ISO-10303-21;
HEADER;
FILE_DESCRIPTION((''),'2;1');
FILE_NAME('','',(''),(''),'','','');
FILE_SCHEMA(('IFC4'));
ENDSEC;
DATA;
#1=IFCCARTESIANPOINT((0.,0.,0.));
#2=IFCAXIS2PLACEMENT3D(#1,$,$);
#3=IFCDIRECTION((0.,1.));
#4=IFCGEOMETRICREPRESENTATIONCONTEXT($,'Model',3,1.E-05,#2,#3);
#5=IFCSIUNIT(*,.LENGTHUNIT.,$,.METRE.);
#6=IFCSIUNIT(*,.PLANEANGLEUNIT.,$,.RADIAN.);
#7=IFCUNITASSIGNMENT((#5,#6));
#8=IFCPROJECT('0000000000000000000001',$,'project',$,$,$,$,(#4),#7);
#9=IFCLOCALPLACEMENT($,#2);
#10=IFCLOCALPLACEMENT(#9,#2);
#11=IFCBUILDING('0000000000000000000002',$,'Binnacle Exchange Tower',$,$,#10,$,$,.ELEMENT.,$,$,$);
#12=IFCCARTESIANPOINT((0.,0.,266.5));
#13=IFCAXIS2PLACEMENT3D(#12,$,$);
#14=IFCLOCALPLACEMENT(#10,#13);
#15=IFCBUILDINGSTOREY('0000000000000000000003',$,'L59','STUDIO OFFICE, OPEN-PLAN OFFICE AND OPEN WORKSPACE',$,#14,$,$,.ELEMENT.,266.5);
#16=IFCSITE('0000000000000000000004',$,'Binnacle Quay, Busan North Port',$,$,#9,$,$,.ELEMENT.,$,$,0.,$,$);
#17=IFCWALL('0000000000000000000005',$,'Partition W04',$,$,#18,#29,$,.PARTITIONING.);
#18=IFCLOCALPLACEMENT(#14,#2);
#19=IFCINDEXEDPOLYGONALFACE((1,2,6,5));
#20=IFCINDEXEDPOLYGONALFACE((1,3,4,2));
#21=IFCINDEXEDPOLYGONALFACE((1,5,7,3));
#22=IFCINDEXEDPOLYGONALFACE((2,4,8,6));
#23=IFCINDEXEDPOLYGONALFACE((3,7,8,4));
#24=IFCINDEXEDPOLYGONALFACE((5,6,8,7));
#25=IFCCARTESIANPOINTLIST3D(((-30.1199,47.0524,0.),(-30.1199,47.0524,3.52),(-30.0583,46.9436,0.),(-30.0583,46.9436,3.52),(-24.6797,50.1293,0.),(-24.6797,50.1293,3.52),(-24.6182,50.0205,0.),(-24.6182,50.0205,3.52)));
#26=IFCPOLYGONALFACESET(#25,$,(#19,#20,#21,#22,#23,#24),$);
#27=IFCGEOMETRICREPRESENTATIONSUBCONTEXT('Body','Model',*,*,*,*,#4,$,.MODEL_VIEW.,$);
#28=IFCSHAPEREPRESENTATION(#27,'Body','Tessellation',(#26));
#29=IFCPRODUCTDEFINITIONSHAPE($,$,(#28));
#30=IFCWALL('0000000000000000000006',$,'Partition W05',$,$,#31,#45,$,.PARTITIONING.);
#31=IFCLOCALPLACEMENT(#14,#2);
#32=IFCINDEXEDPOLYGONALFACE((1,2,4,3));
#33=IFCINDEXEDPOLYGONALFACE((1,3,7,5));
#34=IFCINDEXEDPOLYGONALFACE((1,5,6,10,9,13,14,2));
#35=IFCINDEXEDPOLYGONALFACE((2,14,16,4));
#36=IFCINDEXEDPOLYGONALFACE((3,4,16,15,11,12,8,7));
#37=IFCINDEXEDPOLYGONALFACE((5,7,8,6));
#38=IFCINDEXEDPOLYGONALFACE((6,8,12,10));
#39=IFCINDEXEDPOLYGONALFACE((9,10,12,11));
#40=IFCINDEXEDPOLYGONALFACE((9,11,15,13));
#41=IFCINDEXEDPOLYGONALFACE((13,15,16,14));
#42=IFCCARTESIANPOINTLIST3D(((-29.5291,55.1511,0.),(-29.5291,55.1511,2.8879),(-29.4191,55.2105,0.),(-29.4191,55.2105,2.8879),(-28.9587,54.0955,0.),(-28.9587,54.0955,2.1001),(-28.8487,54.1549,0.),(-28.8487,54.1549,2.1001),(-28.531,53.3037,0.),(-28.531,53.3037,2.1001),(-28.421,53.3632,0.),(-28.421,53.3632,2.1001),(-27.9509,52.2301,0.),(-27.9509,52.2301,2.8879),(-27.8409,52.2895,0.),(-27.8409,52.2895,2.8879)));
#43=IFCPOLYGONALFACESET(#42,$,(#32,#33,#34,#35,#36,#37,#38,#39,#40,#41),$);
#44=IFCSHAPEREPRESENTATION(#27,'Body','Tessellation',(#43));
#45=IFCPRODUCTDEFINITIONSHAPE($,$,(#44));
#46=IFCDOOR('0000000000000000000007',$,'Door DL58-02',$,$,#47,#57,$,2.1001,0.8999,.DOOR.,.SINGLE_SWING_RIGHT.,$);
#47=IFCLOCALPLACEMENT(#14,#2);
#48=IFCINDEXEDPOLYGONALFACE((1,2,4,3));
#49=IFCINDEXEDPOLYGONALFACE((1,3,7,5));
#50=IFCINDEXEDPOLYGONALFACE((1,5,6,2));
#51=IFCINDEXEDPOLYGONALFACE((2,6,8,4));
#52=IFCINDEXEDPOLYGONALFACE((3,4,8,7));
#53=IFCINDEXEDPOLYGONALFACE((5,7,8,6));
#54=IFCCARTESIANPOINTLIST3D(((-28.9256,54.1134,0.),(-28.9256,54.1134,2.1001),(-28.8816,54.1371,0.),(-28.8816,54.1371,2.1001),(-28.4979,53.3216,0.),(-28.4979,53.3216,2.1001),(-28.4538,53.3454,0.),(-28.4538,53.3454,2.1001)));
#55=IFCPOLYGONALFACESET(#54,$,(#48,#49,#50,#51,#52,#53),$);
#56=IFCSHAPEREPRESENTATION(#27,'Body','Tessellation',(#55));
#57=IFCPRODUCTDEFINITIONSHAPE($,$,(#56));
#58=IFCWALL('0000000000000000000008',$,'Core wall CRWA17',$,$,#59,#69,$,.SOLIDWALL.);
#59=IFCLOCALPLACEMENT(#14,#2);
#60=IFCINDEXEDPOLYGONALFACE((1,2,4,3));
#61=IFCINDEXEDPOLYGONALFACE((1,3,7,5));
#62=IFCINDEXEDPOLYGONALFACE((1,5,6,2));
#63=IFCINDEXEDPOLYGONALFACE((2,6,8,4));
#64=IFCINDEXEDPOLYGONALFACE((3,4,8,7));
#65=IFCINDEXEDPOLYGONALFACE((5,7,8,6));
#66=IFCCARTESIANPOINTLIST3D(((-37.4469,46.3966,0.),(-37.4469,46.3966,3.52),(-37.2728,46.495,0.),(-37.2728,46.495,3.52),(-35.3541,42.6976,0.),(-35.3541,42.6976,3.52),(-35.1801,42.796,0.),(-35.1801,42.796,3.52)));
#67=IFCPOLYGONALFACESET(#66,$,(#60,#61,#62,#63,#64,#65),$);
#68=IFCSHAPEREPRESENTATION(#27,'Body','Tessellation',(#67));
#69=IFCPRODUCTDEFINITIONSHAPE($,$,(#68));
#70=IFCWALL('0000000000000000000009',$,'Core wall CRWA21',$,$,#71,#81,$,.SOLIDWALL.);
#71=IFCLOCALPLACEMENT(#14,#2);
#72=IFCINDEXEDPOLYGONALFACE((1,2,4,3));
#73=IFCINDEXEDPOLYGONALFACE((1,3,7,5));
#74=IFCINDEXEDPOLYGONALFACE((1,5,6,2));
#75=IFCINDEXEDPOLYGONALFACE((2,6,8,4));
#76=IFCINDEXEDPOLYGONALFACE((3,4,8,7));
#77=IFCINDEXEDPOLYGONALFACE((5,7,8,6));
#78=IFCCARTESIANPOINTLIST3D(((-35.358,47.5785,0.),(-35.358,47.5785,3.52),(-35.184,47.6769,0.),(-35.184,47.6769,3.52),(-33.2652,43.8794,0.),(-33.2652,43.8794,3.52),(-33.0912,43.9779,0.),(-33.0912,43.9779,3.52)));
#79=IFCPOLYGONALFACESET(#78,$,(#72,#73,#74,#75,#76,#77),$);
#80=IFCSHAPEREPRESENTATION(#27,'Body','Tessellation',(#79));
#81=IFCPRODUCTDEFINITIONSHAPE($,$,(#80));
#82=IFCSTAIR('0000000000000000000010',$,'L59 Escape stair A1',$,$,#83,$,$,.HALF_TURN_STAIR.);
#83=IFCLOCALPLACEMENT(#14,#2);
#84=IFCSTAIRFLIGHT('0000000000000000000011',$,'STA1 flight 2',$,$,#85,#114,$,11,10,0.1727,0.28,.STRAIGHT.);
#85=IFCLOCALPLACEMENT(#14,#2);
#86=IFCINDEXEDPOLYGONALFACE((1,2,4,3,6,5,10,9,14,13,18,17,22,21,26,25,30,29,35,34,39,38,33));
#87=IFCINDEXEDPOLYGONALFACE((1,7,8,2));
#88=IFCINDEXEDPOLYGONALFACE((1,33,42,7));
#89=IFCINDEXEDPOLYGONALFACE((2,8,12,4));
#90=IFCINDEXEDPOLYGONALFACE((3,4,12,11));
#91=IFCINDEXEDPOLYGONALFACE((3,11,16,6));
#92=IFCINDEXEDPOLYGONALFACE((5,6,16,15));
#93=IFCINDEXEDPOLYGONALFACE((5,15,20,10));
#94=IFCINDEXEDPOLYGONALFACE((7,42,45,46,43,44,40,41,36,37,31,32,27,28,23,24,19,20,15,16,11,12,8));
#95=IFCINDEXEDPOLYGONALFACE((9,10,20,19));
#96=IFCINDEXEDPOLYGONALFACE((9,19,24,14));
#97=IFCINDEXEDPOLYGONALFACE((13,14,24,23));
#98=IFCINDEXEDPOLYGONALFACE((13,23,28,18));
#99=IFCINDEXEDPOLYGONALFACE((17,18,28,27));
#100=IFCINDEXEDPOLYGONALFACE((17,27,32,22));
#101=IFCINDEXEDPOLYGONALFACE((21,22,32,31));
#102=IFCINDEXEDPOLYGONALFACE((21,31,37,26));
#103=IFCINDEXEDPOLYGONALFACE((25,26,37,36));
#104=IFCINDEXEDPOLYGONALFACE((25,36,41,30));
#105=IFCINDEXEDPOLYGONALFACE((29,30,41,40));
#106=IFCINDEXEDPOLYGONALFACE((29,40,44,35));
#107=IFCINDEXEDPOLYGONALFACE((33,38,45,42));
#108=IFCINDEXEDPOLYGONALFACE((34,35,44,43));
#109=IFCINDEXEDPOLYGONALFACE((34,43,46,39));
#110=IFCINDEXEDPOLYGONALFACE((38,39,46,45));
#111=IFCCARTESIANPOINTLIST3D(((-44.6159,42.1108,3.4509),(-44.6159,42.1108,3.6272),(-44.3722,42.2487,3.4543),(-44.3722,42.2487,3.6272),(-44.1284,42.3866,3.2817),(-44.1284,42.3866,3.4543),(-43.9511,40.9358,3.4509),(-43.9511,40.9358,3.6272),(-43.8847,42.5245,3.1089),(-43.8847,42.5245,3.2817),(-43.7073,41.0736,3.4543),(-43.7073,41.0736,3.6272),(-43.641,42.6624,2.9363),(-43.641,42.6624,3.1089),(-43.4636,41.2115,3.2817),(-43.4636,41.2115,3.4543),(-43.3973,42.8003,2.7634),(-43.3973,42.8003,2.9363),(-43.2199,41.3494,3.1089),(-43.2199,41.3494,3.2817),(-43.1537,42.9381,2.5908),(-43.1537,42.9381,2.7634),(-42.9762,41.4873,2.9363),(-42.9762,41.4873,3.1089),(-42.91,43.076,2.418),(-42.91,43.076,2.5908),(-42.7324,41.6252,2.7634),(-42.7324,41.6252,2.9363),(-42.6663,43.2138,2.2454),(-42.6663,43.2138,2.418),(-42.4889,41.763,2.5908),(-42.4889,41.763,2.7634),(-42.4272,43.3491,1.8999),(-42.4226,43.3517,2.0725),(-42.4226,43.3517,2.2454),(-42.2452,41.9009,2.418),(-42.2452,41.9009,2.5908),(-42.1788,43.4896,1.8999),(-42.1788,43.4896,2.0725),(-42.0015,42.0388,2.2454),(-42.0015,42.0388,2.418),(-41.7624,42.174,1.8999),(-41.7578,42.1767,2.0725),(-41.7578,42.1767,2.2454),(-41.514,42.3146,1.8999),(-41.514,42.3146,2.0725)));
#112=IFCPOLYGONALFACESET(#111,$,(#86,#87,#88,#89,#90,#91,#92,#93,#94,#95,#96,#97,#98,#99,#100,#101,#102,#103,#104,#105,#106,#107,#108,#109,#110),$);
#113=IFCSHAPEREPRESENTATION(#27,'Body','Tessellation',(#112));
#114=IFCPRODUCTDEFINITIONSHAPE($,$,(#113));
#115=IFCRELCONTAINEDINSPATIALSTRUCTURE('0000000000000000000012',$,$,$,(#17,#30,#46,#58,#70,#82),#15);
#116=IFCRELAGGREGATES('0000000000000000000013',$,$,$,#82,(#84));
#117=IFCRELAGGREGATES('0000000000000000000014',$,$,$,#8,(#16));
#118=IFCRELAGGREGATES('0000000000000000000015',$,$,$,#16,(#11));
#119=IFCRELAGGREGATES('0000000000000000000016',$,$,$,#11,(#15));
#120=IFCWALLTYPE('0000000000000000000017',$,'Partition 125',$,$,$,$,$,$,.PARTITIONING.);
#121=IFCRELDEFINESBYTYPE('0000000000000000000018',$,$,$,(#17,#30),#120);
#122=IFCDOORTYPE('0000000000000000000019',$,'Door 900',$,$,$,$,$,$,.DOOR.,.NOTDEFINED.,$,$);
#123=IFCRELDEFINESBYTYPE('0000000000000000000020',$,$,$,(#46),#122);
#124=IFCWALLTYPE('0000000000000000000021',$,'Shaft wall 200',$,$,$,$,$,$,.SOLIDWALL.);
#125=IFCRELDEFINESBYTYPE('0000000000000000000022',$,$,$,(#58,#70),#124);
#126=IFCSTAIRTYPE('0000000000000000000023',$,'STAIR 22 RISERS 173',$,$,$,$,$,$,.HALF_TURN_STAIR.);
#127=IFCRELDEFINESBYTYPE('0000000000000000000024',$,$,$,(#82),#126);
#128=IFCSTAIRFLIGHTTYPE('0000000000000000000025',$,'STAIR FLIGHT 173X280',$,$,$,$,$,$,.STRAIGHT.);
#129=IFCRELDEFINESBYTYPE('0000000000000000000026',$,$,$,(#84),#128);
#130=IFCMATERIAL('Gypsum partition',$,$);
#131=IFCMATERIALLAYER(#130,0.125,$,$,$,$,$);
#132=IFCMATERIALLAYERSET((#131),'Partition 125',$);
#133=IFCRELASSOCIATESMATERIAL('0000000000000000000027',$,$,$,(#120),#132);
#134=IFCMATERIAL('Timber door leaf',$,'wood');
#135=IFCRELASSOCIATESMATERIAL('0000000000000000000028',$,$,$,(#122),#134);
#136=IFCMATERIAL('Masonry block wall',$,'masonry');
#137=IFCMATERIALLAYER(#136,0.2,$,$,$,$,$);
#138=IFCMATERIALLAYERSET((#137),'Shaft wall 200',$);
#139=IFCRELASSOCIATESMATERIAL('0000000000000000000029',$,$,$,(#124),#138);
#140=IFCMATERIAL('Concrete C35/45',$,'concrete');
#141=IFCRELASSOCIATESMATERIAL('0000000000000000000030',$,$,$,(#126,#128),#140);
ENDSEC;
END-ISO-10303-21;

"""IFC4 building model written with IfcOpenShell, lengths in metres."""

from ifc_helpers import new_model, si_unit, direction, frame, frame_2d, origin, place, context, subcontext, project, spatial, polyline, rectangle, outline, extrude, material, layer, layer_set, type_object, element, fill, aggregate, save


model = new_model("IFC4")

# Units and contexts
model_context = context("Model", 3, precision=1e-05, world=origin(), true_north=direction((0.0, 1.0)))
body_context = subcontext(model_context, "Body", "Model", "MODEL_VIEW")
ifc_project = project(units=[si_unit("LENGTHUNIT", "METRE"), si_unit("PLANEANGLEUNIT", "RADIAN")], contexts=[model_context])

# Site, building, storey
site_placement = place(None, origin())
site = spatial("IfcSite", under=ifc_project, at=site_placement, Name="Binnacle Quay, Busan North Port", CompositionType="ELEMENT", RefElevation=0.0)
building_placement = place(site_placement, origin())
building = spatial("IfcBuilding", under=site, at=building_placement, Name="Binnacle Exchange Tower", CompositionType="ELEMENT")
storey_placement = place(building_placement, frame((0.0, 0.0, 266.5)))
storey = spatial("IfcBuildingStorey", under=building, at=storey_placement, Name="L59", Description="STUDIO OFFICE, OPEN-PLAN OFFICE AND OPEN WORKSPACE", CompositionType="ELEMENT", Elevation=266.5)

# Shared definitions
ifc_material_1 = material(Name="Masonry block wall", Category="masonry")

# Wall
ifc_material_2 = material(Name="Gypsum partition")
ifc_layer_1 = layer(ifc_material_2, 0.125)
ifc_layer_set_1 = layer_set([ifc_layer_1], Name="Partition 125")
wall_type_1 = type_object("IfcWallType", Name="Partition 125", PredefinedType="PARTITIONING", material=ifc_layer_set_1)
wall_1_placement = place(storey_placement, frame((-30.0891, 46.998, 0.0), z_axis=(0.0, 0.0, 1.0), x_axis=(0.870425, 0.492302, 0.0)))
element("IfcWall", 1, at=wall_1_placement, inside=storey, type_object=wall_type_1, Name="Partition W04", PredefinedType="PARTITIONING", context=body_context, shape_type="SweptSolid", body=[
    extrude(rectangle(XDim=6.25, YDim=0.125, at=frame_2d((3.125, 0.0))), origin(), (0.0, 0.0, 1.0), 3.52),
])

# Wall, opening, door
wall_2_placement = place(storey_placement, frame((-29.4741, 55.1809, 0.0), z_axis=(0.0, 0.0, 1.0), x_axis=(0.475345, -0.8798, 0.0)))
wall_2 = element("IfcWall", 2, at=wall_2_placement, inside=storey, type_object=wall_type_1, Name="Partition W05", PredefinedType="PARTITIONING", context=body_context, shape_type="SweptSolid", body=[
    extrude(rectangle(XDim=3.3201, YDim=0.125, at=frame_2d((1.6602, 0.0))), origin(), (0.0, 0.0, 1.0), 2.8879),
])
opening_1_placement = place(wall_2_placement, frame((1.2, 0.0, 0.0)))
opening_1 = element("IfcOpeningElement", 3, at=opening_1_placement, cuts=wall_2, PredefinedType="OPENING", context=body_context, shape_type="SweptSolid", body=[
    extrude(rectangle(XDim=0.8999, YDim=2.1001, at=frame_2d((0.45, 1.05))), frame((0.0, 0.0725, 0.0), z_axis=(0.0, -1.0, 0.0), x_axis=(1.0, 0.0, 0.0)), (0.0, 0.0, 1.0), 0.145),
])
ifc_material_3 = material(Name="Timber door leaf", Category="wood")
door_type_1 = type_object("IfcDoorType", Name="Door 900", OperationType="NOTDEFINED", PredefinedType="DOOR", material=ifc_material_3)
door_1_placement = place(opening_1_placement, frame((0.8999, 0.0, 0.0), z_axis=(0.0, 0.0, 1.0), x_axis=(-1.0, 0.0, 0.0)))
door_1 = element("IfcDoor", 4, at=door_1_placement, inside=storey, type_object=door_type_1, Name="Door DL58-02", OperationType="SINGLE_SWING_RIGHT", OverallHeight=2.1001, OverallWidth=0.8999, PredefinedType="DOOR", context=body_context, shape_type="SweptSolid", body=[
    extrude(rectangle(XDim=0.8999, YDim=2.1001, at=frame_2d((0.45, 1.05))), frame((0.0, 0.0249, 0.0), z_axis=(0.0, -1.0, 0.0), x_axis=(1.0, 0.0, 0.0)), (0.0, 0.0, 1.0), 0.05),
])
fill(opening_1, door_1)

# Walls
ifc_layer_2 = layer(ifc_material_1, 0.2)
ifc_layer_set_2 = layer_set([ifc_layer_2], Name="Shaft wall 200")
wall_type_2 = type_object("IfcWallType", Name="Shaft wall 200", PredefinedType="SOLIDWALL", material=ifc_layer_set_2)
for number, where, z_axis, x_axis, name in (
    (5, (-37.3599, 46.4458, 0.0), (0.0, 0.0, 1.0), (0.492423, -0.870356, 0.0), "Core wall CRWA17"),
    (6, (-35.271, 47.6277, 0.0), (0.0, 0.0, 1.0), (0.492423, -0.870356, 0.0), "Core wall CRWA21"),
):
    element("IfcWall", number, at=place(storey_placement, frame(where, z_axis=z_axis, x_axis=x_axis)), inside=storey, type_object=wall_type_2, Name=name, PredefinedType="SOLIDWALL", context=body_context, shape_type="SweptSolid", body=[
        extrude(rectangle(XDim=4.25, YDim=0.2, at=frame_2d((2.125, 0.0))), origin(), (0.0, 0.0, 1.0), 3.52),
    ])

# Stair, stair flight
ifc_material_4 = material(Name="Concrete C35/45", Category="concrete")
stair_type = type_object("IfcStairType", Name="STAIR 22 RISERS 173", PredefinedType="HALF_TURN_STAIR", material=ifc_material_4)
stair_placement = place(storey_placement, origin())
stair = element("IfcStair", 7, at=stair_placement, inside=storey, type_object=stair_type, Name="L59 Escape stair A1", PredefinedType="HALF_TURN_STAIR")
stair_flight_type = type_object("IfcStairFlightType", Name="STAIR FLIGHT 173X280", PredefinedType="STRAIGHT", material=ifc_material_4)
stair_flight_placement = place(storey_placement, frame((-41.8464, 42.9021, 1.8999), z_axis=(0.0, 0.0, 1.0), x_axis=(-0.870356, -0.492424, 0.0)))
stair_flight = element("IfcStairFlight", 8, at=stair_flight_placement, type_object=stair_flight_type, Name="STA1 flight 2", NumberOfRisers=11, NumberOfTreads=10, PredefinedType="STRAIGHT", RiserHeight=0.1727, TreadLength=0.28, context=body_context, shape_type="SweptSolid", body=[
    extrude(outline(polyline([(0.0, 0.0), (0.0, 0.1726), (0.28, 0.1726), (0.28, 0.3455), (0.5601, 0.3455), (0.5601, 0.5181), (0.8401, 0.5181), (0.8401, 0.6909), (1.1201, 0.6909), (1.1201, 0.8635), (1.3999, 0.8635), (1.3999, 1.0364), (1.6799, 1.0364), (1.6799, 1.209), (1.96, 1.209), (1.96, 1.3818), (2.24, 1.3818), (2.24, 1.5544), (2.52, 1.5544), (2.52, 1.7273), (2.8, 1.7273), (2.8, 1.8999), (2.8, 1.551), (0.2854, 0.0), (0.0, 0.0)])), frame((0.0, 0.675, 0.0), z_axis=(0.0, -1.0, 0.0), x_axis=(1.0, 0.0, 0.0)), (0.0, 0.0, 1.0), 1.3501),
])
aggregate(stair, [stair_flight])

save(model, "model.ifc")
